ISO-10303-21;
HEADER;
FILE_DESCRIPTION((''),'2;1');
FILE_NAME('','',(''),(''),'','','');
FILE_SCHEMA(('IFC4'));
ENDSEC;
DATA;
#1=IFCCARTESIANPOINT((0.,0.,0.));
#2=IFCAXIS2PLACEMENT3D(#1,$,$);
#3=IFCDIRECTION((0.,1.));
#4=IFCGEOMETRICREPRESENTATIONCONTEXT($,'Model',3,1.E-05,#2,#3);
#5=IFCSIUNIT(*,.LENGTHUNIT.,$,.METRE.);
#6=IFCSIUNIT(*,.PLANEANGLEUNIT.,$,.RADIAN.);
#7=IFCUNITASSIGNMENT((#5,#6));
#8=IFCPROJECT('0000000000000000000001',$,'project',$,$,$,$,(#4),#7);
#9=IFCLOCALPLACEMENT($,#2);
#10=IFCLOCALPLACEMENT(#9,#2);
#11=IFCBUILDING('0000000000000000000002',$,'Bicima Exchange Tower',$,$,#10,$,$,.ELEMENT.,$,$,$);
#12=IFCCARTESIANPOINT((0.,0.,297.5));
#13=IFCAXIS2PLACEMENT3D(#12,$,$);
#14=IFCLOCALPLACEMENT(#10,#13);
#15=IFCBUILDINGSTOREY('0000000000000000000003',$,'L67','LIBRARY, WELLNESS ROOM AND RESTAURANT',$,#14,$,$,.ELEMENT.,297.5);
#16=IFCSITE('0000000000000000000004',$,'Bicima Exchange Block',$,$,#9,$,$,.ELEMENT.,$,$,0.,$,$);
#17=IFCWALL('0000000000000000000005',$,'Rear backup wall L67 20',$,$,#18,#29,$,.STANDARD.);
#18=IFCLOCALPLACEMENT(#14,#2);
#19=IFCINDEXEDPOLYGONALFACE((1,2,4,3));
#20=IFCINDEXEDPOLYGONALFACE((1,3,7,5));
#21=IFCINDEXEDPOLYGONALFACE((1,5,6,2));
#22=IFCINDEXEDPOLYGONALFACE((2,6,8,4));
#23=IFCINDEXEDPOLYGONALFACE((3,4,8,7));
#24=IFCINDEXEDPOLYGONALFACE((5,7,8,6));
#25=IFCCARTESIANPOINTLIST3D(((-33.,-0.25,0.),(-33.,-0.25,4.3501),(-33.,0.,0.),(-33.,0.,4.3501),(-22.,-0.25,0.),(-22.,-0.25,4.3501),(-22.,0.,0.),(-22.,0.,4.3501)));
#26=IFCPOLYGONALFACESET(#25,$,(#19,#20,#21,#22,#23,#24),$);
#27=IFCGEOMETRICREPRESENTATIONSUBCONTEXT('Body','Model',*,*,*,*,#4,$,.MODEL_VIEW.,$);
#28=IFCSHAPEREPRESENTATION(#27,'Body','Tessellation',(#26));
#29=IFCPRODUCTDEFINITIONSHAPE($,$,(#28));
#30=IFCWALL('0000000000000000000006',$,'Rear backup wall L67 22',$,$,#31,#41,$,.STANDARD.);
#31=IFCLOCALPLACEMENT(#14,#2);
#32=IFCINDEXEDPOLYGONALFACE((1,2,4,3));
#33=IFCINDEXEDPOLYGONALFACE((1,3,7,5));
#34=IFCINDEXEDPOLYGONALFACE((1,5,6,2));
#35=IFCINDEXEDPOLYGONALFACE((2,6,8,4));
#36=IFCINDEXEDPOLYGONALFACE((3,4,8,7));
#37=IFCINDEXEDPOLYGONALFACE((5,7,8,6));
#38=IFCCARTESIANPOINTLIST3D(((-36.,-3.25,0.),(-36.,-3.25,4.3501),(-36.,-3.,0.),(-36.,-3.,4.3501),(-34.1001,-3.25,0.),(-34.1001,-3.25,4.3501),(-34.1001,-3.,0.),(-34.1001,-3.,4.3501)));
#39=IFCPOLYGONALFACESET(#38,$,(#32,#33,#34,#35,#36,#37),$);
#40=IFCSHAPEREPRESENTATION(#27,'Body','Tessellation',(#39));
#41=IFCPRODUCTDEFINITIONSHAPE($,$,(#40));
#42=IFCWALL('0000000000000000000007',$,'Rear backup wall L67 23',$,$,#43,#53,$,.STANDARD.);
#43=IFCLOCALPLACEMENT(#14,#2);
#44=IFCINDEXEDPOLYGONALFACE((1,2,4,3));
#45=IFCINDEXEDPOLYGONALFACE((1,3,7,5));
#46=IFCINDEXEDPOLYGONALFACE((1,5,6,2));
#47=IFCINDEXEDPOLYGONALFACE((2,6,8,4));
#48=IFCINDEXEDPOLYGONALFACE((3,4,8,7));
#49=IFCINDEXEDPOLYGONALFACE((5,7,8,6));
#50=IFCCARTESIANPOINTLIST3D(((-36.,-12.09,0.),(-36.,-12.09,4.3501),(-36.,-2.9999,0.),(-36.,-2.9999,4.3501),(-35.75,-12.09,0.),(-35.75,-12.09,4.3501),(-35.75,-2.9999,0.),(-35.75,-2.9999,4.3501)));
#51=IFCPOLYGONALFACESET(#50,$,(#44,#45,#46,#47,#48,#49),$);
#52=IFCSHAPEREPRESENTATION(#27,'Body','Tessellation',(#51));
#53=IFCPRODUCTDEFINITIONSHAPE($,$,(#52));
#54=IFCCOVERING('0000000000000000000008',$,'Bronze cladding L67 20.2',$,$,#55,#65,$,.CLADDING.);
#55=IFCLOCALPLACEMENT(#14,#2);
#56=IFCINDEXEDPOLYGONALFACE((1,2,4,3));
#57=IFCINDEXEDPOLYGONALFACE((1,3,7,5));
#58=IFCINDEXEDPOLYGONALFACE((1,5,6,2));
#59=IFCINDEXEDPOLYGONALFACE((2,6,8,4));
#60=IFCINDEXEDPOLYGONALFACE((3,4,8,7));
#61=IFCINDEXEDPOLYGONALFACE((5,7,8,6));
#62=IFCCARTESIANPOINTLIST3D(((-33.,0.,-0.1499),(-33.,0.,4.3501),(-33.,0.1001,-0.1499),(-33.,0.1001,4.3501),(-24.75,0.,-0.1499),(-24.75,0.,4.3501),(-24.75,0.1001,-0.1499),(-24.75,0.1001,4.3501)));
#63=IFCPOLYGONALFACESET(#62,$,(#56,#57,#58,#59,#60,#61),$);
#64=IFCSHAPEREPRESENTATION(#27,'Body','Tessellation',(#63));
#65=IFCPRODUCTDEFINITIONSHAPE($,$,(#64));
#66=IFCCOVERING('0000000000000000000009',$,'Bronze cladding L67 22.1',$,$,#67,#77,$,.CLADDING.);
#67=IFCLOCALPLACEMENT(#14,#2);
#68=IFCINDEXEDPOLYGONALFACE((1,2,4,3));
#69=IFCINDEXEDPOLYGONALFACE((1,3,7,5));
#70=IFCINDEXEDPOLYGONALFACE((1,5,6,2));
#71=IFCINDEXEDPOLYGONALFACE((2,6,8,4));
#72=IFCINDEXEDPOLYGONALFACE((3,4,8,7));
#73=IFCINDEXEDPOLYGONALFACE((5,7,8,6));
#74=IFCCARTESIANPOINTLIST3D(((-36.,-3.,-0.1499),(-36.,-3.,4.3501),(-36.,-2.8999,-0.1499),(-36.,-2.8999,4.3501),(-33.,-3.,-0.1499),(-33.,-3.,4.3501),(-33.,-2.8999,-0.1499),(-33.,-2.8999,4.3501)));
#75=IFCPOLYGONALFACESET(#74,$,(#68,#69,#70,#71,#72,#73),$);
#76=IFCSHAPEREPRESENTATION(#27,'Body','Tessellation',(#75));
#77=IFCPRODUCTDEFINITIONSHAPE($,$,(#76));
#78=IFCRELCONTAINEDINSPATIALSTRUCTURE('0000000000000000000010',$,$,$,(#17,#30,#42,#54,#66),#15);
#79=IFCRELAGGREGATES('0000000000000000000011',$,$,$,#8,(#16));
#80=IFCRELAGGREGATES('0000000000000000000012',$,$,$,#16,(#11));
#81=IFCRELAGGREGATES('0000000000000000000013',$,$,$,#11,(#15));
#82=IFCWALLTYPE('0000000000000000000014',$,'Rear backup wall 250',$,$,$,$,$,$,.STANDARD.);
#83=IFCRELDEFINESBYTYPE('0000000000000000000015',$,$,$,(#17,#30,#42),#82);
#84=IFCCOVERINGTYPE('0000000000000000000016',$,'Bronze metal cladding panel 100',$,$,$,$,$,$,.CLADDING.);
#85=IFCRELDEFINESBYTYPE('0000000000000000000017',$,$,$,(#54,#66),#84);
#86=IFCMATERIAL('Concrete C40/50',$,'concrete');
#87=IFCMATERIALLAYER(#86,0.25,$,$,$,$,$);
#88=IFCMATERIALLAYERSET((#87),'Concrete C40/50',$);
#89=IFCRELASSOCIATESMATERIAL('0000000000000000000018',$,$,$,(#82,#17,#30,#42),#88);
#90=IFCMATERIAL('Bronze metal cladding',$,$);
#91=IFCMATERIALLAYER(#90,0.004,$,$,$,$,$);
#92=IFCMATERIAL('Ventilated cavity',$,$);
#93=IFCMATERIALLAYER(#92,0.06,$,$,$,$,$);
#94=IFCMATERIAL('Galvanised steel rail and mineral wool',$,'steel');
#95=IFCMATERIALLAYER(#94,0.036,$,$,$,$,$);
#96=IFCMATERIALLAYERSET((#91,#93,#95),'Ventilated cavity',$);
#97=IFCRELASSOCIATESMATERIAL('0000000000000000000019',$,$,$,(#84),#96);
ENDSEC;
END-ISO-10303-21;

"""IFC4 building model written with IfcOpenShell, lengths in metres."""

from ifc_helpers import new_model, si_unit, direction, frame, frame_2d, origin, origin_2d, place, context, subcontext, project, spatial, rectangle, extrude, material, layer, layer_set, layer_usage, type_object, element, save


model = new_model("IFC4")

# Units and contexts
model_context = context("Model", 3, precision=1e-05, world=origin(), true_north=direction((0.0, 1.0)))
body_context = subcontext(model_context, "Body", "Model", "MODEL_VIEW")
ifc_project = project(units=[si_unit("LENGTHUNIT", "METRE"), si_unit("PLANEANGLEUNIT", "RADIAN")], contexts=[model_context])

# Site, building, storey
site_placement = place(None, origin())
site = spatial("IfcSite", under=ifc_project, at=site_placement, Name="Bicima Exchange Block", CompositionType="ELEMENT", RefElevation=0.0)
building_placement = place(site_placement, origin())
building = spatial("IfcBuilding", under=site, at=building_placement, Name="Bicima Exchange Tower", CompositionType="ELEMENT")
storey_placement = place(building_placement, frame((0.0, 0.0, 297.5)))
storey = spatial("IfcBuildingStorey", under=building, at=storey_placement, Name="L67", Description="LIBRARY, WELLNESS ROOM AND RESTAURANT", CompositionType="ELEMENT", Elevation=297.5)

# Shared definitions
ifc_material_1 = material(Name="Concrete C40/50", Category="concrete")

# Walls
ifc_layer_1 = layer(ifc_material_1, 0.25)
ifc_layer_set_1 = layer_set([ifc_layer_1], Name="Concrete C40/50")
ifc_layer_usage = layer_usage(ifc_layer_set_1, "AXIS2", "POSITIVE", -0.125)
wall_type_1 = type_object("IfcWallType", Name="Rear backup wall 250", PredefinedType="STANDARD", material=ifc_layer_set_1)
wall_1_placement = place(storey_placement, frame((-22.0, -0.125, 0.0), z_axis=(0.0, 0.0, 1.0), x_axis=(-1.0, 0.0, 0.0)))
element("IfcWall", 1, at=wall_1_placement, inside=storey, type_object=wall_type_1, material=ifc_layer_usage, Name="Rear backup wall L67 20", PredefinedType="STANDARD", context=body_context, shape_type="SweptSolid", body=[
    extrude(rectangle(XDim=11.0, YDim=0.25, at=frame_2d((5.5, 0.0))), origin(), (0.0, 0.0, 1.0), 4.3501),
])
wall_2_placement = place(storey_placement, frame((-34.1001, -3.125, 0.0), z_axis=(0.0, 0.0, 1.0), x_axis=(-1.0, 0.0, 0.0)))
element("IfcWall", 2, at=wall_2_placement, inside=storey, type_object=wall_type_1, material=ifc_layer_usage, Name="Rear backup wall L67 22", PredefinedType="STANDARD", context=body_context, shape_type="SweptSolid", body=[
    extrude(rectangle(XDim=1.8999, YDim=0.25, at=frame_2d((0.95, 0.0))), origin(), (0.0, 0.0, 1.0), 4.3501),
])
wall_3_placement = place(storey_placement, frame((-35.875, -3.0, 0.0), z_axis=(0.0, 0.0, 1.0), x_axis=(0.0, -1.0, 0.0)))
element("IfcWall", 3, at=wall_3_placement, inside=storey, type_object=wall_type_1, material=ifc_layer_usage, Name="Rear backup wall L67 23", PredefinedType="STANDARD", context=body_context, shape_type="SweptSolid", body=[
    extrude(rectangle(XDim=9.0901, YDim=0.25, at=frame_2d((4.5449, 0.0))), origin(), (0.0, 0.0, 1.0), 4.3501),
])

# Coverings
ifc_material_2 = material(Name="Bronze metal cladding")
ifc_layer_2 = layer(ifc_material_2, 0.004)
ifc_material_3 = material(Name="Ventilated cavity")
ifc_layer_3 = layer(ifc_material_3, 0.06)
ifc_material_4 = material(Name="Galvanised steel rail and mineral wool", Category="steel")
ifc_layer_4 = layer(ifc_material_4, 0.036)
ifc_layer_set_2 = layer_set([ifc_layer_2, ifc_layer_3, ifc_layer_4], Name="Ventilated cavity")
covering_type = type_object("IfcCoveringType", Name="Bronze metal cladding panel 100", PredefinedType="CLADDING", material=ifc_layer_set_2)
covering_1_placement = place(storey_placement, frame((-28.875, 0.05, -0.1499), z_axis=(0.0, 0.0, 1.0), x_axis=(-1.0, 0.0, 0.0)))
element("IfcCovering", 4, at=covering_1_placement, inside=storey, type_object=covering_type, Name="Bronze cladding L67 20.2", PredefinedType="CLADDING", context=body_context, shape_type="SweptSolid", body=[
    extrude(rectangle(XDim=8.25, YDim=0.1001, at=origin_2d()), origin(), (0.0, 0.0, 1.0), 4.5),
])
covering_2_placement = place(storey_placement, frame((-34.5, -2.95, -0.1499), z_axis=(0.0, 0.0, 1.0), x_axis=(-1.0, 0.0, 0.0)))
element("IfcCovering", 5, at=covering_2_placement, inside=storey, type_object=covering_type, Name="Bronze cladding L67 22.1", PredefinedType="CLADDING", context=body_context, shape_type="SweptSolid", body=[
    extrude(rectangle(XDim=3.0, YDim=0.1001, at=origin_2d()), origin(), (0.0, 0.0, 1.0), 4.5),
])

save(model, "model.ifc")
